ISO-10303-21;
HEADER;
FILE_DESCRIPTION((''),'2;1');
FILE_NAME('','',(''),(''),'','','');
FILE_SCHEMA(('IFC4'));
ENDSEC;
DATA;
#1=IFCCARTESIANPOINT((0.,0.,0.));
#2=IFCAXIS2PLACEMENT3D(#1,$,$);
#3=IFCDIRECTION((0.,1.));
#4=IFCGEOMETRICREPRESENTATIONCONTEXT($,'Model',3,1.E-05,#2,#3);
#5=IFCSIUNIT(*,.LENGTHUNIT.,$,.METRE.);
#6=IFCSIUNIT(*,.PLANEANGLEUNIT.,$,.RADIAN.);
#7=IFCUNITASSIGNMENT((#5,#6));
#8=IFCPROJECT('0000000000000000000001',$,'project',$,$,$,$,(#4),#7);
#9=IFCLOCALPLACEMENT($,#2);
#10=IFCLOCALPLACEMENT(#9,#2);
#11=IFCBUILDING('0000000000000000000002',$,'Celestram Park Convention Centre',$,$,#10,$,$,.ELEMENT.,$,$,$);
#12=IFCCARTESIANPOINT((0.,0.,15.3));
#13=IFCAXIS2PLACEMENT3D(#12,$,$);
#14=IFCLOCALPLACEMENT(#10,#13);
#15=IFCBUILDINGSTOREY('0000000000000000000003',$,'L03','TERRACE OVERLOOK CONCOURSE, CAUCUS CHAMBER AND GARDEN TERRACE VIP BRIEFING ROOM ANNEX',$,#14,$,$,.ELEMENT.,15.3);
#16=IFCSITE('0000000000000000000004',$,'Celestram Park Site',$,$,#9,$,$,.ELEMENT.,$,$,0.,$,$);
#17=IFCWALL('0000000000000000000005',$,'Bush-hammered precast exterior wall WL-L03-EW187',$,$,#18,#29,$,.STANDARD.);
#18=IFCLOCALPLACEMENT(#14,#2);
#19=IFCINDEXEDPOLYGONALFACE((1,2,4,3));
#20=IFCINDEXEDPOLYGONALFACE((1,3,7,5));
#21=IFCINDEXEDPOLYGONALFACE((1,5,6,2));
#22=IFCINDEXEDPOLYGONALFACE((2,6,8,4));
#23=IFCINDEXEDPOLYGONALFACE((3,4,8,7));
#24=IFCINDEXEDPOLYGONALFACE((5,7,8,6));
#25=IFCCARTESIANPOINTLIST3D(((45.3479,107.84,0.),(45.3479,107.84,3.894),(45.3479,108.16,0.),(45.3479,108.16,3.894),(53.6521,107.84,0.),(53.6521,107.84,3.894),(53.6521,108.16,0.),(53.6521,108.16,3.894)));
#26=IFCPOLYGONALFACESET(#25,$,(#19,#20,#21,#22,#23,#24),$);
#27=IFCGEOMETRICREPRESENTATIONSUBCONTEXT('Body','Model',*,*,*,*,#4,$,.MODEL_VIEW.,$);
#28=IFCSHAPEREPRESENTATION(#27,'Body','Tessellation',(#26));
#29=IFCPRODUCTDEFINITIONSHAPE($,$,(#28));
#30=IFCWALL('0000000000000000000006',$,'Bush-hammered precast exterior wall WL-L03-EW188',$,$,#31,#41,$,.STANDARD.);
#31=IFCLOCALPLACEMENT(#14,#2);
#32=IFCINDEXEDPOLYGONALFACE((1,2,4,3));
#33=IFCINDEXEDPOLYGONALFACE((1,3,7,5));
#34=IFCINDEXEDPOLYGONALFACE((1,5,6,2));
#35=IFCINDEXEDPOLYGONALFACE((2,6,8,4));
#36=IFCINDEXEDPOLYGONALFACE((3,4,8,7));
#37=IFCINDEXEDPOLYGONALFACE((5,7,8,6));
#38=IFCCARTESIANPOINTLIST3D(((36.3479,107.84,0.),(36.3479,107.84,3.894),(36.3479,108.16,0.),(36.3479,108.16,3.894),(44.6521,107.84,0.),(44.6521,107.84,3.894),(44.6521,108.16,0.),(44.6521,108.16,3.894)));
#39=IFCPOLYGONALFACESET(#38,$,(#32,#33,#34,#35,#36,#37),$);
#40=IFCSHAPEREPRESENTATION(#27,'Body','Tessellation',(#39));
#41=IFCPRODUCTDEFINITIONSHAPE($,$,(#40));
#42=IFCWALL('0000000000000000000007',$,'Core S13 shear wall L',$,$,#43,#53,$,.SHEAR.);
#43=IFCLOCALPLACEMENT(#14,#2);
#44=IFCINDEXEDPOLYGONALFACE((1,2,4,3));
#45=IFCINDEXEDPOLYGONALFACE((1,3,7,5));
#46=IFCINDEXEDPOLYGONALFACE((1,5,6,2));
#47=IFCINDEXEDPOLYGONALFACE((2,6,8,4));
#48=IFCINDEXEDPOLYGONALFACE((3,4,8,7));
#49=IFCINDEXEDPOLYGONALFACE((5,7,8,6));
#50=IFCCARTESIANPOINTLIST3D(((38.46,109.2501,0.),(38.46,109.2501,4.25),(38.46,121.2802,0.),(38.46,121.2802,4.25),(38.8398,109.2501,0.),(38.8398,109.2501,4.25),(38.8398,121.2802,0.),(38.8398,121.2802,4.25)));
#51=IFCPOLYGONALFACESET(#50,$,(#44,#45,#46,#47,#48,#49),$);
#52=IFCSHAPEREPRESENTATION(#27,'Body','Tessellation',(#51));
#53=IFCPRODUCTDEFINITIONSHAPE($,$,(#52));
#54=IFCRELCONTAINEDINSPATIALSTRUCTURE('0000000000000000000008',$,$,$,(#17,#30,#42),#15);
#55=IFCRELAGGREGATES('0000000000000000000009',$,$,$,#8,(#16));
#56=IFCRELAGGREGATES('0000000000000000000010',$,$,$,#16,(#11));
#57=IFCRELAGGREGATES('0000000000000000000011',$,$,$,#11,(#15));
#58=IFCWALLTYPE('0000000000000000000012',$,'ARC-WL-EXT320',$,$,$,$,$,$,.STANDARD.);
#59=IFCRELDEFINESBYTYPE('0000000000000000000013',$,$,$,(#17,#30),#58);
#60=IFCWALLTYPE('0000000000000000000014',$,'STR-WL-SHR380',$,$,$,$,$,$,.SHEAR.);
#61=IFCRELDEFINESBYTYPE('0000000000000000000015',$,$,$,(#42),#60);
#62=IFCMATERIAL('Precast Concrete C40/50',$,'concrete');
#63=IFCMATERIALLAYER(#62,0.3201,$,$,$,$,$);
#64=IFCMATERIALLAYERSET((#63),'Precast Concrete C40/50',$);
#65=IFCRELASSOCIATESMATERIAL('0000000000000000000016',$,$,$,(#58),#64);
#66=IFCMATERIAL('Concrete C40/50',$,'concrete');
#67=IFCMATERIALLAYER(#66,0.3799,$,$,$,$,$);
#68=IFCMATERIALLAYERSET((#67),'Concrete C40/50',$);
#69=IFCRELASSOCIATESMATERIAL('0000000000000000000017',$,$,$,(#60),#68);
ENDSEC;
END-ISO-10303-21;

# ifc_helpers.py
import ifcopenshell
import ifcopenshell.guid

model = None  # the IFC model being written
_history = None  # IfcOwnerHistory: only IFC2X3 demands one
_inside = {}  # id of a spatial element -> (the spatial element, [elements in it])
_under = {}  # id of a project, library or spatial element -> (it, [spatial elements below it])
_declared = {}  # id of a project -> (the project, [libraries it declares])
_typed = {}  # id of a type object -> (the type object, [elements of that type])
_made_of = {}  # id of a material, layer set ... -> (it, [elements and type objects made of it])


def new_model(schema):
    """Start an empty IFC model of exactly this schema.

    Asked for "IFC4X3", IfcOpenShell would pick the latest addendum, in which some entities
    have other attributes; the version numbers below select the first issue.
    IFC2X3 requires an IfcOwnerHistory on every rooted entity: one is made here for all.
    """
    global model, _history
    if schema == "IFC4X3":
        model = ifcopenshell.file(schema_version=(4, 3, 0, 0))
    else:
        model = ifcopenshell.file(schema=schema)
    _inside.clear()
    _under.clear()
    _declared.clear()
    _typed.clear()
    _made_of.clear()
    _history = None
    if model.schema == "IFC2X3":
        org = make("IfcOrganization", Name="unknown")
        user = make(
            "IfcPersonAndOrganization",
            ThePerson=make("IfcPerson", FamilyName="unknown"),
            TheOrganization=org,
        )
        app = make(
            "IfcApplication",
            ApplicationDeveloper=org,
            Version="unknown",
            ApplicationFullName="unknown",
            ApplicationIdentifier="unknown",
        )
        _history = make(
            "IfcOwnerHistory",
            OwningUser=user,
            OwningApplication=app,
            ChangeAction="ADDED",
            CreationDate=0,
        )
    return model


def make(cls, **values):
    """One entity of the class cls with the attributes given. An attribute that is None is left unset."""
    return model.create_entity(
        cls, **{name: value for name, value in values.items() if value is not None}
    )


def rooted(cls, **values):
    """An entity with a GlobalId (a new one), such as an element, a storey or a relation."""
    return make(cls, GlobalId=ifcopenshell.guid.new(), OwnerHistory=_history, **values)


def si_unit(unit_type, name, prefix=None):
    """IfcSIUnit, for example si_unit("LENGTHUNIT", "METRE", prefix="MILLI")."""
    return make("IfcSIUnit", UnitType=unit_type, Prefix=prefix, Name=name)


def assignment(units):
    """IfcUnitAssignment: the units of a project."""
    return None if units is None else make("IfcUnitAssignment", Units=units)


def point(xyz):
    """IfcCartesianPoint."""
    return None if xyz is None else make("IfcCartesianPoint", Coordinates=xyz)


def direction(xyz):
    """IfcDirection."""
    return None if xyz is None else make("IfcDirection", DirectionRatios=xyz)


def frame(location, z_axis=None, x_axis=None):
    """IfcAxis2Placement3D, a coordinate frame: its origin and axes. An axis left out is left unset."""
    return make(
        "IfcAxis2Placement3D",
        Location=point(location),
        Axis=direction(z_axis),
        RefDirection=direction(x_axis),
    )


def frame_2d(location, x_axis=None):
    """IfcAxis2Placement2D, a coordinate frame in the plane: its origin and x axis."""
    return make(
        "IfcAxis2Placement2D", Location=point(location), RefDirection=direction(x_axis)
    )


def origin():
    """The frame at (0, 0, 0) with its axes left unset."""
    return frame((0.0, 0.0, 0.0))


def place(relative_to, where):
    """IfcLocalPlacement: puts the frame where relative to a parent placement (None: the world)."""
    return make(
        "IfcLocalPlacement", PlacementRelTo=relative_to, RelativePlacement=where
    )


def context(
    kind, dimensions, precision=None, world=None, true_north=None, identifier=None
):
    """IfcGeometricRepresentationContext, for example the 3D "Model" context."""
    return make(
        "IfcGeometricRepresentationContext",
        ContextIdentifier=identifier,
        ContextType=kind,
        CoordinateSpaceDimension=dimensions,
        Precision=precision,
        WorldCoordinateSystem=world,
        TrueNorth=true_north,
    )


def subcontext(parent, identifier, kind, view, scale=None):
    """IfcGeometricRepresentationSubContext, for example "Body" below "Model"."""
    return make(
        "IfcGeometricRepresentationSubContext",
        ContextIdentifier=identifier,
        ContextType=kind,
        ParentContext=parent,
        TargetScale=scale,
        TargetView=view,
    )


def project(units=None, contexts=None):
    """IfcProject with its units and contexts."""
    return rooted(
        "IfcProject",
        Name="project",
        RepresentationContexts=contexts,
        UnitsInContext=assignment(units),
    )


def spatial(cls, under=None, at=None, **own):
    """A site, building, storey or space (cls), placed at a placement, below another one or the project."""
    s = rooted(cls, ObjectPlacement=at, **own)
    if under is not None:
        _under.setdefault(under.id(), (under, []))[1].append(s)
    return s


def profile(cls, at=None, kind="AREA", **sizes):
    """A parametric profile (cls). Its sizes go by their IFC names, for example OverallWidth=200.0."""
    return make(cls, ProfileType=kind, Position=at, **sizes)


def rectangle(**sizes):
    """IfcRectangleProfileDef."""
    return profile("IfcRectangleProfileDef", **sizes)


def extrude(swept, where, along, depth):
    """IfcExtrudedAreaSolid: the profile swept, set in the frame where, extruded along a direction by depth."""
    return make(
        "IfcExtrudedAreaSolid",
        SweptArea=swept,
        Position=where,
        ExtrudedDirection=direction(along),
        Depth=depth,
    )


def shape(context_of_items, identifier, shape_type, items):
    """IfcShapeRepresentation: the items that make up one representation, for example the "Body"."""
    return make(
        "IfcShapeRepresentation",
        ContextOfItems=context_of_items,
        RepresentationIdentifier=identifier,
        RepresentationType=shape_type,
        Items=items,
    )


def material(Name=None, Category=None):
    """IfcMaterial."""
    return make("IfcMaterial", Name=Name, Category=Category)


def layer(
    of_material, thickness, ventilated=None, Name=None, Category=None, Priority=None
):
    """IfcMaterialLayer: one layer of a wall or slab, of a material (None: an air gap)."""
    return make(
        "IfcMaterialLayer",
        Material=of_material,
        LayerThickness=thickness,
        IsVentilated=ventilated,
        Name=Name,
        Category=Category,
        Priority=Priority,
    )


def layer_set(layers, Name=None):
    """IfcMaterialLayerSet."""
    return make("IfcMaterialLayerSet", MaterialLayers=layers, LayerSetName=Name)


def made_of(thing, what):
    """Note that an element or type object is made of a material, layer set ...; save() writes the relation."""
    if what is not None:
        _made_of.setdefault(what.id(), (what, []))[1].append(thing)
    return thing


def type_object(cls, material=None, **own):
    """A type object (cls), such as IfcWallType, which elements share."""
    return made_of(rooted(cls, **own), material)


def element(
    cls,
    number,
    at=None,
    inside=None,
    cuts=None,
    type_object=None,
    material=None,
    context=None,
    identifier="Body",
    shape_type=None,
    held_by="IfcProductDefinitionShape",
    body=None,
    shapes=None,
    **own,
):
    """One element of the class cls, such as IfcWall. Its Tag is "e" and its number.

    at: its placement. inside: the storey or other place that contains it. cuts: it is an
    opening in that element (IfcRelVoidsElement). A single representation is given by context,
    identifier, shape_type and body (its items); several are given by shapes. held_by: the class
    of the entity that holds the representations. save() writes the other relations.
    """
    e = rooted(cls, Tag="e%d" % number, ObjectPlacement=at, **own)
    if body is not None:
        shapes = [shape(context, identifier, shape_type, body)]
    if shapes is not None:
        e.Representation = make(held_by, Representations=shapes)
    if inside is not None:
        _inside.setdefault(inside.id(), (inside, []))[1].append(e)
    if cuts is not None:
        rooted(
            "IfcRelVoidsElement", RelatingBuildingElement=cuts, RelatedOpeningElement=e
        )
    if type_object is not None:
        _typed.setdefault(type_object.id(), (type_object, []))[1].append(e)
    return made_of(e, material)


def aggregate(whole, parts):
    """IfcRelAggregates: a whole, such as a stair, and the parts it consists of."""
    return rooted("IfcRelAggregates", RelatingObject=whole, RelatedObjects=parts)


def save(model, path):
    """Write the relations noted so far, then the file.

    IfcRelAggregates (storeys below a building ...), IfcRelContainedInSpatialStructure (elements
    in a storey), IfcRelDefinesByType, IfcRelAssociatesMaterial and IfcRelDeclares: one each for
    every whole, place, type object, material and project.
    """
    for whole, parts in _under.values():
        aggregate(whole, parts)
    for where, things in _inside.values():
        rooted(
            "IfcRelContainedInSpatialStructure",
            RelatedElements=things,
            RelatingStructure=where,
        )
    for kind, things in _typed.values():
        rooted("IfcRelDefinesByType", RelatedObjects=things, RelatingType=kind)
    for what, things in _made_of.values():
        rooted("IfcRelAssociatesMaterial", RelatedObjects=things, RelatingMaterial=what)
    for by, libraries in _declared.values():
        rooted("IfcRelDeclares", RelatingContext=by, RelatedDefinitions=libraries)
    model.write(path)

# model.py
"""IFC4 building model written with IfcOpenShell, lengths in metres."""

from ifc_helpers import new_model, si_unit, direction, frame, frame_2d, origin, place, context, subcontext, project, spatial, rectangle, extrude, material, layer, layer_set, type_object, element, save


model = new_model("IFC4")

# Units and contexts
model_context = context("Model", 3, precision=1e-05, world=origin(), true_north=direction((0.0, 1.0)))
body_context = subcontext(model_context, "Body", "Model", "MODEL_VIEW")
ifc_project = project(units=[si_unit("LENGTHUNIT", "METRE"), si_unit("PLANEANGLEUNIT", "RADIAN")], contexts=[model_context])

# Site, building, storey
site_placement = place(None, origin())
site = spatial("IfcSite", under=ifc_project, at=site_placement, Name="Celestram Park Site", CompositionType="ELEMENT", RefElevation=0.0)
building_placement = place(site_placement, origin())
building = spatial("IfcBuilding", under=site, at=building_placement, Name="Celestram Park Convention Centre", CompositionType="ELEMENT")
storey_placement = place(building_placement, frame((0.0, 0.0, 15.3)))
storey = spatial("IfcBuildingStorey", under=building, at=storey_placement, Name="L03", Description="TERRACE OVERLOOK CONCOURSE, CAUCUS CHAMBER AND GARDEN TERRACE VIP BRIEFING ROOM ANNEX", CompositionType="ELEMENT", Elevation=15.3)

# Shared definitions
ifc_material_1 = material(Name="Concrete C40/50", Category="concrete")

# Walls
ifc_material_2 = material(Name="Precast Concrete C40/50", Category="concrete")
ifc_layer_1 = layer(ifc_material_2, 0.3201)
ifc_layer_set_1 = layer_set([ifc_layer_1], Name="Precast Concrete C40/50")
wall_type_1 = type_object("IfcWallType", Name="ARC-WL-EXT320", PredefinedType="STANDARD", material=ifc_layer_set_1)
for number, where, z_axis, x_axis, name in (
    (1, (53.6521, 108.0, 0.0), (0.0, 0.0, 1.0), (-1.0, 0.0, 0.0), "Bush-hammered precast exterior wall WL-L03-EW187"),
    (2, (44.6521, 108.0, 0.0), (0.0, 0.0, 1.0), (-1.0, 0.0, 0.0), "Bush-hammered precast exterior wall WL-L03-EW188"),
):
    element("IfcWall", number, at=place(storey_placement, frame(where, z_axis=z_axis, x_axis=x_axis)), inside=storey, type_object=wall_type_1, Name=name, PredefinedType="STANDARD", context=body_context, shape_type="SweptSolid", body=[
        extrude(rectangle(XDim=8.3042, YDim=0.3201, at=frame_2d((4.1521, 0.0))), origin(), (0.0, 0.0, 1.0), 3.894),
    ])
ifc_layer_2 = layer(ifc_material_1, 0.3799)
ifc_layer_set_2 = layer_set([ifc_layer_2], Name="Concrete C40/50")
wall_type_2 = type_object("IfcWallType", Name="STR-WL-SHR380", PredefinedType="SHEAR", material=ifc_layer_set_2)
wall_1_placement = place(storey_placement, frame((38.6499, 109.25, 0.0), z_axis=(0.0, 0.0, 1.0), x_axis=(0.0, 1.0, 0.0)))
element("IfcWall", 3, at=wall_1_placement, inside=storey, type_object=wall_type_2, Name="Core S13 shear wall L", PredefinedType="SHEAR", context=body_context, shape_type="SweptSolid", body=[
    extrude(rectangle(XDim=12.03, YDim=0.3799, at=frame_2d((6.0151, 0.0))), origin(), (0.0, 0.0, 1.0), 4.25),
])

save(model, "model.ifc")
